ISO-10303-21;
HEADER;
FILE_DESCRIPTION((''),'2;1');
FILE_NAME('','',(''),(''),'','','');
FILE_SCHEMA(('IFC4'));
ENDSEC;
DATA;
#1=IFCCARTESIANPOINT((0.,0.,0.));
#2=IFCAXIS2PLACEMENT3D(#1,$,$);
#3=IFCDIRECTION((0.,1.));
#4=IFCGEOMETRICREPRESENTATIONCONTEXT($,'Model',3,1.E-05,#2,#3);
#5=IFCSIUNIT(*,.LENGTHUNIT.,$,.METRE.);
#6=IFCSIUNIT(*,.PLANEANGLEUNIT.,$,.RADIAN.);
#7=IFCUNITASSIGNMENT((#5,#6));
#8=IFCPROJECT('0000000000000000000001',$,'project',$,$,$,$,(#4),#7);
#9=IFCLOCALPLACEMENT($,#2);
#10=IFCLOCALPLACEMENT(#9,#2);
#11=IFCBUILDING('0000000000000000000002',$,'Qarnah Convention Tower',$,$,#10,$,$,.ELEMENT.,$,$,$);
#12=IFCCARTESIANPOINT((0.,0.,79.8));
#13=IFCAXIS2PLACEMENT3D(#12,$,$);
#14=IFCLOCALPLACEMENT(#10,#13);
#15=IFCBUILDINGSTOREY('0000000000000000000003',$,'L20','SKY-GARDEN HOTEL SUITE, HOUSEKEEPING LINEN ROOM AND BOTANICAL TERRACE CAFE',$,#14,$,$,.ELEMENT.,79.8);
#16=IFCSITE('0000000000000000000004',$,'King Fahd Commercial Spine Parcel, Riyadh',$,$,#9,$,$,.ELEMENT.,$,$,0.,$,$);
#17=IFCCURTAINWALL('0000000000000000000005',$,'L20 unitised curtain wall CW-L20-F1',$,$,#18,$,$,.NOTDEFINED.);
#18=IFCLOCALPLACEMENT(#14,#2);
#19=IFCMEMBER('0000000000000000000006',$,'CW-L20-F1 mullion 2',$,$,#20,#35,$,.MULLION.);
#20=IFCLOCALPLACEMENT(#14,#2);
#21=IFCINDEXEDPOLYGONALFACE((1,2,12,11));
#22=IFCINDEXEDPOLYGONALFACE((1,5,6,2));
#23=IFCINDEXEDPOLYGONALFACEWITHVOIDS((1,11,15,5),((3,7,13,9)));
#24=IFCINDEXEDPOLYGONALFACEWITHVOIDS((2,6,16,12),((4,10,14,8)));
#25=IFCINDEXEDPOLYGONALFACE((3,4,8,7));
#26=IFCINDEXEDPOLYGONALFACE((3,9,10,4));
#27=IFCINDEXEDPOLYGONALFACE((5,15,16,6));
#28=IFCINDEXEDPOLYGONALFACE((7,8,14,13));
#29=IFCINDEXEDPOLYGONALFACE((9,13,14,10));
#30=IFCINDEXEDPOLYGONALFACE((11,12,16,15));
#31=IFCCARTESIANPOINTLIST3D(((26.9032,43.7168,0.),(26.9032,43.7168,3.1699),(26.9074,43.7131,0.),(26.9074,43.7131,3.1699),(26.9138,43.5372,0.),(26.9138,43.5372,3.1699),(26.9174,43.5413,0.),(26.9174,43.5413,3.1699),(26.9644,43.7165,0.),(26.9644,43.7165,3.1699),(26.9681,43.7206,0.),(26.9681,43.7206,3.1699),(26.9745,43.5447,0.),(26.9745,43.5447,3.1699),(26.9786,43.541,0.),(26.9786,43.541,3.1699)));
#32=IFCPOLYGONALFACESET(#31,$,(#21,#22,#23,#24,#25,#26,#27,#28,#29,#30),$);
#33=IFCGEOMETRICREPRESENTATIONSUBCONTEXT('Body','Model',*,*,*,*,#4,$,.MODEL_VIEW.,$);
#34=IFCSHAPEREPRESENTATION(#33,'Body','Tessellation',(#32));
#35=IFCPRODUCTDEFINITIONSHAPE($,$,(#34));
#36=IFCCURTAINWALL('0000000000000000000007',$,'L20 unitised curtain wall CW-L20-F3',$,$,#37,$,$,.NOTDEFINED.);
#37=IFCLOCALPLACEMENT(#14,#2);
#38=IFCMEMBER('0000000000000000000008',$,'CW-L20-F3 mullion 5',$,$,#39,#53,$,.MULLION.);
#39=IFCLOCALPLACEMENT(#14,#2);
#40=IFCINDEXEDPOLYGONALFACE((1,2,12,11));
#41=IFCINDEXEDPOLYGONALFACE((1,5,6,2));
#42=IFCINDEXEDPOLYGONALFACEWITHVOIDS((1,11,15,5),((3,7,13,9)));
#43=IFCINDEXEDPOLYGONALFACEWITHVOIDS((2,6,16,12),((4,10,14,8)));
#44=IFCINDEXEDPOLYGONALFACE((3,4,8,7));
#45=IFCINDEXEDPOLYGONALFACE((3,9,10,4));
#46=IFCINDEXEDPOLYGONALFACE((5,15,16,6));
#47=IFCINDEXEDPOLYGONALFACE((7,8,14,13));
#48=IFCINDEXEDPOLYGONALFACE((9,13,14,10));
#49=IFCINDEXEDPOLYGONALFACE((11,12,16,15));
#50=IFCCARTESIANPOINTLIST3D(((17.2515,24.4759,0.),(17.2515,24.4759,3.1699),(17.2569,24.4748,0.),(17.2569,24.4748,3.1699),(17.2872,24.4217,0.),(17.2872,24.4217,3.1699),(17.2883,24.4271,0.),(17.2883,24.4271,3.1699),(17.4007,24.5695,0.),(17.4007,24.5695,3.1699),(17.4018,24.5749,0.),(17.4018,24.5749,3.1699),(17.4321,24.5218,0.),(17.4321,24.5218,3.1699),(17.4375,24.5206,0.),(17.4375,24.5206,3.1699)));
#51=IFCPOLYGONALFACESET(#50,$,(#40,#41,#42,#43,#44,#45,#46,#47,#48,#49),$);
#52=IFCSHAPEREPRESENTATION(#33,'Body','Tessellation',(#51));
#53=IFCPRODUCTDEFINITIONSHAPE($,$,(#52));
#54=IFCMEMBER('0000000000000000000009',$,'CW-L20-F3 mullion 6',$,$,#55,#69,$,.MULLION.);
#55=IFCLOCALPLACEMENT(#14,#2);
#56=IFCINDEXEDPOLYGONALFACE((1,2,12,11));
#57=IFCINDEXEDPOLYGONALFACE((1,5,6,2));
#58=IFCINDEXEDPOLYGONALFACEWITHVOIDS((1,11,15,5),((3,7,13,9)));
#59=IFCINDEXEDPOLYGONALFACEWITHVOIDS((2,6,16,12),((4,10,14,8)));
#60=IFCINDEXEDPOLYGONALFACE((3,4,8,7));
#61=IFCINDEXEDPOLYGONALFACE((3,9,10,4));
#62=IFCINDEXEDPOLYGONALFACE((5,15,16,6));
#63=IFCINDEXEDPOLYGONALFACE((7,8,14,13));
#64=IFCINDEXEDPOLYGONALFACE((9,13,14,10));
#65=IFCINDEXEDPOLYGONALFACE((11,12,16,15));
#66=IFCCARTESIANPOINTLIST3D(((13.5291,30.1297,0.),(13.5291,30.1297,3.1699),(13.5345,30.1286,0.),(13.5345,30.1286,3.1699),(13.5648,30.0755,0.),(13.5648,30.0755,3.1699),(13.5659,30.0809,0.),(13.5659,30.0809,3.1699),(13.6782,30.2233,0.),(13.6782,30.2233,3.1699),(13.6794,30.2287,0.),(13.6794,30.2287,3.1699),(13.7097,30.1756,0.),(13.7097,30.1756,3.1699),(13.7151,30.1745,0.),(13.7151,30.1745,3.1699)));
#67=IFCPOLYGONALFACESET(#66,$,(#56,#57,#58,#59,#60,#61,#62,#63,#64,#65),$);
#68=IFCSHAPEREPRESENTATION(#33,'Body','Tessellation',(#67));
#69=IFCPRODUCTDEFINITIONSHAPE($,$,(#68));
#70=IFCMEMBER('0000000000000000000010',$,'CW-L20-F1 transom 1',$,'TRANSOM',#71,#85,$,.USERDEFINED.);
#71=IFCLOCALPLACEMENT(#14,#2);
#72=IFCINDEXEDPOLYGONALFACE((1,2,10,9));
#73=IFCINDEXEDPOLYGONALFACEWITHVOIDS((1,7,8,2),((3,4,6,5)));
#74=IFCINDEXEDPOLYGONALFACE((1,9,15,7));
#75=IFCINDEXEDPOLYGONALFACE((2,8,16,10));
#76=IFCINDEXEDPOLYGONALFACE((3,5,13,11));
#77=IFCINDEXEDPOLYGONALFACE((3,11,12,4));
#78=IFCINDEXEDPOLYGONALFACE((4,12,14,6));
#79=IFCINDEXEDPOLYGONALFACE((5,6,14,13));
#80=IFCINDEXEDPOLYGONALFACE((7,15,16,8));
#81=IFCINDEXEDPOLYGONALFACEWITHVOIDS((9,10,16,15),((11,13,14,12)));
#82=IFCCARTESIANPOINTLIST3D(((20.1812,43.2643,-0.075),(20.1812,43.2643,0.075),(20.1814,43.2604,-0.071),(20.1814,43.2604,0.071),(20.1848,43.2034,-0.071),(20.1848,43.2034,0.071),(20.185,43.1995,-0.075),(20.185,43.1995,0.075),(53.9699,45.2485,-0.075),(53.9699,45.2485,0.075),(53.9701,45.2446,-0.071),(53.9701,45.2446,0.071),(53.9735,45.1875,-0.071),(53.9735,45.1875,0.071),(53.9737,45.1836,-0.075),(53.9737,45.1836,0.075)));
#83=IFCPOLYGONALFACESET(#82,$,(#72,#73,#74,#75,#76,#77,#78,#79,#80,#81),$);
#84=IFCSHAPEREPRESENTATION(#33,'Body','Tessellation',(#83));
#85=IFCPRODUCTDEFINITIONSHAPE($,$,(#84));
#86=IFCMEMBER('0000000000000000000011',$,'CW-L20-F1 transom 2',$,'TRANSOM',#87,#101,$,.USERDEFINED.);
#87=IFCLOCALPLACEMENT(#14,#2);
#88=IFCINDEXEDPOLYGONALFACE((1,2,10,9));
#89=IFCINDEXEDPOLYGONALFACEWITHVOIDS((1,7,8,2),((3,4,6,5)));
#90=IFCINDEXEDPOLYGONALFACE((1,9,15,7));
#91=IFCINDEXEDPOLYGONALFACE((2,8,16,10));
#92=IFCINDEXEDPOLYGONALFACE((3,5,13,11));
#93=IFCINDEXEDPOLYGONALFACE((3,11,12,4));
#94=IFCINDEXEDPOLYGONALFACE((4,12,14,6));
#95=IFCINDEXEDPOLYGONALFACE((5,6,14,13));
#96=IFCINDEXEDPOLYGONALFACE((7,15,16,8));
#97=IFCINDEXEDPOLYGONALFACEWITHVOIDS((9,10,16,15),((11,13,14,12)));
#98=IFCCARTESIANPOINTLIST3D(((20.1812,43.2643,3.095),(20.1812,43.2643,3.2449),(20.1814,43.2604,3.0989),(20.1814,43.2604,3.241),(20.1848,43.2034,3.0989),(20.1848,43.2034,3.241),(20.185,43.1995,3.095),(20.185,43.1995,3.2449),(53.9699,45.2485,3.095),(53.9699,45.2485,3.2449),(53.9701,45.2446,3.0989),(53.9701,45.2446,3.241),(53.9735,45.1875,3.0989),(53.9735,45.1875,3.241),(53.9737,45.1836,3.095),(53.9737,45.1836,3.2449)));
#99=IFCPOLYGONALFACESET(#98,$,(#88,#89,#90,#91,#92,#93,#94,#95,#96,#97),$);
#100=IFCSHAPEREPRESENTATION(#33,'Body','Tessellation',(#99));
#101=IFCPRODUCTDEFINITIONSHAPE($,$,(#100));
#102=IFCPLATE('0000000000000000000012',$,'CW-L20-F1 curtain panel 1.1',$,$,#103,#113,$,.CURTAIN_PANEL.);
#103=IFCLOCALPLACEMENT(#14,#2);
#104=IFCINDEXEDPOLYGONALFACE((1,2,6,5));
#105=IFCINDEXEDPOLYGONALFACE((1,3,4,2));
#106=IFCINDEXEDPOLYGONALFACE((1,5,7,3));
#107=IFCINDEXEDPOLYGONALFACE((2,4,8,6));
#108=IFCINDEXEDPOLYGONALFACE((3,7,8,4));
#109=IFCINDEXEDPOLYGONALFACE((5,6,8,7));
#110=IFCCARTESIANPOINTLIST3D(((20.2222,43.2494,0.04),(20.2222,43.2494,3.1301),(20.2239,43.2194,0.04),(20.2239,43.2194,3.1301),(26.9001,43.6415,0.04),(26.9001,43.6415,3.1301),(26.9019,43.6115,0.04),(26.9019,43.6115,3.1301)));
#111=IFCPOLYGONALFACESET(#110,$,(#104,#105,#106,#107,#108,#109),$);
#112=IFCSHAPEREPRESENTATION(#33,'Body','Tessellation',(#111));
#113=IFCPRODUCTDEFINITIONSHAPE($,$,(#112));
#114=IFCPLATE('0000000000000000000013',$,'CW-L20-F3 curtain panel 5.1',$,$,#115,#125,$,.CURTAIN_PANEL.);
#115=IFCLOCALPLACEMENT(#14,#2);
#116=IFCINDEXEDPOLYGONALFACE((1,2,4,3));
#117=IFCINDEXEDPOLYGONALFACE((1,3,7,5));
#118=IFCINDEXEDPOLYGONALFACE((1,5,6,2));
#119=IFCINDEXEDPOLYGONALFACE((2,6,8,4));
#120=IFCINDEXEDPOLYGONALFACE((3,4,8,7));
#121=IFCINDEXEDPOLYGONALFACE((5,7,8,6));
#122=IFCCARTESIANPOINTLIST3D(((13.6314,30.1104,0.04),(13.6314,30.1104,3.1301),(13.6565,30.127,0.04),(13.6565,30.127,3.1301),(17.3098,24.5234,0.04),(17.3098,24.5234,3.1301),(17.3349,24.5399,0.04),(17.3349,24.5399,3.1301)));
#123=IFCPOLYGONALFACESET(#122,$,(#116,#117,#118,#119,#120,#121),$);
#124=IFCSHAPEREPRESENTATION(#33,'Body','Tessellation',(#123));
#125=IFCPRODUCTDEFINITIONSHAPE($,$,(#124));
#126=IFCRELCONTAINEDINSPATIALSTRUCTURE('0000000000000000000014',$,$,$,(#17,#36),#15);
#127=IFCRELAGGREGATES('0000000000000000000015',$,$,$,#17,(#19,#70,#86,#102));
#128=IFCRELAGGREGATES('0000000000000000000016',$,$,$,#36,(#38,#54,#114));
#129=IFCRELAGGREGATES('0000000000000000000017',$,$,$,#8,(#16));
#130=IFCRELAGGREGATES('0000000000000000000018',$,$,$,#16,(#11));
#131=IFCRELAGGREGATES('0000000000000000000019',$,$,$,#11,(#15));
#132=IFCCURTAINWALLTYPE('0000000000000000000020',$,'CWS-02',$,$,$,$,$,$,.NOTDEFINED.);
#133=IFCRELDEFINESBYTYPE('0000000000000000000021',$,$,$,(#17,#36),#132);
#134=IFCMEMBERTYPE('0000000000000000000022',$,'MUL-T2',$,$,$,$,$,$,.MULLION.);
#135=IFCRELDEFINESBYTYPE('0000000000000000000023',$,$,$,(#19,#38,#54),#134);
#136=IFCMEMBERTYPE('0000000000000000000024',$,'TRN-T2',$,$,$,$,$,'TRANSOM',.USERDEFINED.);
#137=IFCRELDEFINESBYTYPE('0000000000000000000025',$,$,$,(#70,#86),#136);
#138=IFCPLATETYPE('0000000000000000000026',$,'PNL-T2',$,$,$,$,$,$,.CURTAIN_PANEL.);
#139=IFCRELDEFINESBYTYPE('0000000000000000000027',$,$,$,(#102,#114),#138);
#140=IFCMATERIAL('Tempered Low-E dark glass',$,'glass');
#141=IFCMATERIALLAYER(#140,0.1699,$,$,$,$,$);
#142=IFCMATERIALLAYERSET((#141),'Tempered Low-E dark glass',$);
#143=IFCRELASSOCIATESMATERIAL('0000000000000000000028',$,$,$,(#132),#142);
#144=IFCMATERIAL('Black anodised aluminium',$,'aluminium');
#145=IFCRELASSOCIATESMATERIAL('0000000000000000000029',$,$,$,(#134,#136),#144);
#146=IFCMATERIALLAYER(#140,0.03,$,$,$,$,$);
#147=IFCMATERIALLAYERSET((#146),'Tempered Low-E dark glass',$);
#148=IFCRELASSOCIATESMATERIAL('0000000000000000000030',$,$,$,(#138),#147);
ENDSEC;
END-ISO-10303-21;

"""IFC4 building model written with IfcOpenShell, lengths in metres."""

from ifc_helpers import new_model, si_unit, direction, frame, origin, origin_2d, place, context, subcontext, project, spatial, rectangle, hollow_rectangle, extrude, material, layer, layer_set, material_profile, profile_set, type_object, element, aggregate, save


model = new_model("IFC4")

# Units and contexts
model_context = context("Model", 3, precision=1e-05, world=origin(), true_north=direction((0.0, 1.0)))
body_context = subcontext(model_context, "Body", "Model", "MODEL_VIEW")
ifc_project = project(units=[si_unit("LENGTHUNIT", "METRE"), si_unit("PLANEANGLEUNIT", "RADIAN")], contexts=[model_context])

# Site, building, storey
site_placement = place(None, origin())
site = spatial("IfcSite", under=ifc_project, at=site_placement, Name="King Fahd Commercial Spine Parcel, Riyadh", CompositionType="ELEMENT", RefElevation=0.0)
building_placement = place(site_placement, origin())
building = spatial("IfcBuilding", under=site, at=building_placement, Name="Qarnah Convention Tower", CompositionType="ELEMENT")
storey_placement = place(building_placement, frame((0.0, 0.0, 79.8)))
storey = spatial("IfcBuildingStorey", under=building, at=storey_placement, Name="L20", Description="SKY-GARDEN HOTEL SUITE, HOUSEKEEPING LINEN ROOM AND BOTANICAL TERRACE CAFE", CompositionType="ELEMENT", Elevation=79.8)

# Curtain walls, members
ifc_material_1 = material(Name="Tempered Low-E dark glass", Category="glass")
ifc_layer_1 = layer(ifc_material_1, 0.1699)
ifc_layer_set_1 = layer_set([ifc_layer_1], Name="Tempered Low-E dark glass")
curtain_wall_type = type_object("IfcCurtainWallType", Name="CWS-02", PredefinedType="NOTDEFINED", material=ifc_layer_set_1)
curtain_wall_1_placement = place(storey_placement, origin())
curtain_wall_1 = element("IfcCurtainWall", 1, at=curtain_wall_1_placement, inside=storey, type_object=curtain_wall_type, Name="L20 unitised curtain wall CW-L20-F1", PredefinedType="NOTDEFINED")
ifc_material_2 = material(Name="Black anodised aluminium", Category="aluminium")
ifc_material_profile_1 = material_profile(ifc_material_2, hollow_rectangle(XDim=0.0649, YDim=0.1799, WallThickness=0.0039, at=origin_2d()), Name="MUL-65X180")
ifc_profile_set_1 = profile_set([ifc_material_profile_1], Name="Black anodised aluminium")
member_type_1 = type_object("IfcMemberType", Name="MUL-T2", PredefinedType="MULLION", material=ifc_profile_set_1)
member_1_placement = place(storey_placement, frame((26.9409, 43.6289, 0.0), z_axis=(0.0, 0.0, 1.0), x_axis=(0.998281, 0.058616, 0.0)))
member_1 = element("IfcMember", 2, at=member_1_placement, type_object=member_type_1, Name="CW-L20-F1 mullion 2", PredefinedType="MULLION", context=body_context, shape_type="SweptSolid", body=[
    extrude(hollow_rectangle(XDim=0.0649, YDim=0.1799, WallThickness=0.0039, at=origin_2d()), origin(), (0.0, 0.0, 1.0), 3.1699),
])
curtain_wall_2_placement = place(storey_placement, origin())
curtain_wall_2 = element("IfcCurtainWall", 3, at=curtain_wall_2_placement, inside=storey, type_object=curtain_wall_type, Name="L20 unitised curtain wall CW-L20-F3", PredefinedType="NOTDEFINED")
member_2_placement = place(storey_placement, frame((17.3445, 24.4983, 0.0), z_axis=(0.0, 0.0, 1.0), x_axis=(-0.549905, 0.835227, 0.0)))
member_2 = element("IfcMember", 4, at=member_2_placement, type_object=member_type_1, Name="CW-L20-F3 mullion 5", PredefinedType="MULLION", context=body_context, shape_type="SweptSolid", body=[
    extrude(hollow_rectangle(XDim=0.0649, YDim=0.1799, WallThickness=0.0039, at=origin_2d()), origin(), (0.0, 0.0, 1.0), 3.1699),
])
member_3_placement = place(storey_placement, frame((13.6221, 30.1521, 0.0), z_axis=(0.0, 0.0, 1.0), x_axis=(-0.549905, 0.835227, 0.0)))
member_3 = element("IfcMember", 5, at=member_3_placement, type_object=member_type_1, Name="CW-L20-F3 mullion 6", PredefinedType="MULLION", context=body_context, shape_type="SweptSolid", body=[
    extrude(hollow_rectangle(XDim=0.0649, YDim=0.1799, WallThickness=0.0039, at=origin_2d()), origin(), (0.0, 0.0, 1.0), 3.1699),
])

# Members
ifc_material_profile_2 = material_profile(ifc_material_2, hollow_rectangle(XDim=0.0649, YDim=0.1499, WallThickness=0.0039, at=origin_2d()), Name="TRN-65X150")
ifc_profile_set_2 = profile_set([ifc_material_profile_2], Name="Black anodised aluminium")
member_type_2 = type_object("IfcMemberType", Name="TRN-T2", ElementType="TRANSOM", PredefinedType="USERDEFINED", material=ifc_profile_set_2)
member_4_placement = place(storey_placement, frame((20.1831, 43.2319, 0.0), z_axis=(0.99828, 0.058621, 0.0), x_axis=(-0.058621, 0.99828, 0.0)))
member_4 = element("IfcMember", 6, at=member_4_placement, type_object=member_type_2, Name="CW-L20-F1 transom 1", ObjectType="TRANSOM", PredefinedType="USERDEFINED", context=body_context, shape_type="SweptSolid", body=[
    extrude(hollow_rectangle(XDim=0.0649, YDim=0.1499, WallThickness=0.0039, at=origin_2d()), origin(), (0.0, 0.0, 1.0), 33.8469),
])
member_5_placement = place(storey_placement, frame((20.1831, 43.2319, 3.1699), z_axis=(0.99828, 0.058621, 0.0), x_axis=(-0.058621, 0.99828, 0.0)))
member_5 = element("IfcMember", 7, at=member_5_placement, type_object=member_type_2, Name="CW-L20-F1 transom 2", ObjectType="TRANSOM", PredefinedType="USERDEFINED", context=body_context, shape_type="SweptSolid", body=[
    extrude(hollow_rectangle(XDim=0.0649, YDim=0.1499, WallThickness=0.0039, at=origin_2d()), origin(), (0.0, 0.0, 1.0), 33.8469),
])

# Plates
ifc_layer_2 = layer(ifc_material_1, 0.03)
ifc_layer_set_2 = layer_set([ifc_layer_2], Name="Tempered Low-E dark glass")
plate_type = type_object("IfcPlateType", Name="PNL-T2", PredefinedType="CURTAIN_PANEL", material=ifc_layer_set_2)
plate_1_placement = place(storey_placement, frame((23.562, 43.4304, 0.04), z_axis=(0.0, 0.0, 1.0), x_axis=(0.998281, 0.058616, 0.0)))
plate_1 = element("IfcPlate", 8, at=plate_1_placement, type_object=plate_type, Name="CW-L20-F1 curtain panel 1.1", PredefinedType="CURTAIN_PANEL", context=body_context, shape_type="SweptSolid", body=[
    extrude(rectangle(XDim=6.6895, YDim=0.03, at=origin_2d()), origin(), (0.0, 0.0, 1.0), 3.0901),
])
aggregate(curtain_wall_1, [member_1, member_4, member_5, plate_1])
plate_2_placement = place(storey_placement, frame((15.4832, 27.3252, 0.04), z_axis=(0.0, 0.0, 1.0), x_axis=(-0.549905, 0.835227, 0.0)))
plate_2 = element("IfcPlate", 9, at=plate_2_placement, type_object=plate_type, Name="CW-L20-F3 curtain panel 5.1", PredefinedType="CURTAIN_PANEL", context=body_context, shape_type="SweptSolid", body=[
    extrude(rectangle(XDim=6.6892, YDim=0.03, at=origin_2d()), origin(), (0.0, 0.0, 1.0), 3.0901),
])
aggregate(curtain_wall_2, [member_2, member_3, plate_2])

save(model, "model.ifc")
